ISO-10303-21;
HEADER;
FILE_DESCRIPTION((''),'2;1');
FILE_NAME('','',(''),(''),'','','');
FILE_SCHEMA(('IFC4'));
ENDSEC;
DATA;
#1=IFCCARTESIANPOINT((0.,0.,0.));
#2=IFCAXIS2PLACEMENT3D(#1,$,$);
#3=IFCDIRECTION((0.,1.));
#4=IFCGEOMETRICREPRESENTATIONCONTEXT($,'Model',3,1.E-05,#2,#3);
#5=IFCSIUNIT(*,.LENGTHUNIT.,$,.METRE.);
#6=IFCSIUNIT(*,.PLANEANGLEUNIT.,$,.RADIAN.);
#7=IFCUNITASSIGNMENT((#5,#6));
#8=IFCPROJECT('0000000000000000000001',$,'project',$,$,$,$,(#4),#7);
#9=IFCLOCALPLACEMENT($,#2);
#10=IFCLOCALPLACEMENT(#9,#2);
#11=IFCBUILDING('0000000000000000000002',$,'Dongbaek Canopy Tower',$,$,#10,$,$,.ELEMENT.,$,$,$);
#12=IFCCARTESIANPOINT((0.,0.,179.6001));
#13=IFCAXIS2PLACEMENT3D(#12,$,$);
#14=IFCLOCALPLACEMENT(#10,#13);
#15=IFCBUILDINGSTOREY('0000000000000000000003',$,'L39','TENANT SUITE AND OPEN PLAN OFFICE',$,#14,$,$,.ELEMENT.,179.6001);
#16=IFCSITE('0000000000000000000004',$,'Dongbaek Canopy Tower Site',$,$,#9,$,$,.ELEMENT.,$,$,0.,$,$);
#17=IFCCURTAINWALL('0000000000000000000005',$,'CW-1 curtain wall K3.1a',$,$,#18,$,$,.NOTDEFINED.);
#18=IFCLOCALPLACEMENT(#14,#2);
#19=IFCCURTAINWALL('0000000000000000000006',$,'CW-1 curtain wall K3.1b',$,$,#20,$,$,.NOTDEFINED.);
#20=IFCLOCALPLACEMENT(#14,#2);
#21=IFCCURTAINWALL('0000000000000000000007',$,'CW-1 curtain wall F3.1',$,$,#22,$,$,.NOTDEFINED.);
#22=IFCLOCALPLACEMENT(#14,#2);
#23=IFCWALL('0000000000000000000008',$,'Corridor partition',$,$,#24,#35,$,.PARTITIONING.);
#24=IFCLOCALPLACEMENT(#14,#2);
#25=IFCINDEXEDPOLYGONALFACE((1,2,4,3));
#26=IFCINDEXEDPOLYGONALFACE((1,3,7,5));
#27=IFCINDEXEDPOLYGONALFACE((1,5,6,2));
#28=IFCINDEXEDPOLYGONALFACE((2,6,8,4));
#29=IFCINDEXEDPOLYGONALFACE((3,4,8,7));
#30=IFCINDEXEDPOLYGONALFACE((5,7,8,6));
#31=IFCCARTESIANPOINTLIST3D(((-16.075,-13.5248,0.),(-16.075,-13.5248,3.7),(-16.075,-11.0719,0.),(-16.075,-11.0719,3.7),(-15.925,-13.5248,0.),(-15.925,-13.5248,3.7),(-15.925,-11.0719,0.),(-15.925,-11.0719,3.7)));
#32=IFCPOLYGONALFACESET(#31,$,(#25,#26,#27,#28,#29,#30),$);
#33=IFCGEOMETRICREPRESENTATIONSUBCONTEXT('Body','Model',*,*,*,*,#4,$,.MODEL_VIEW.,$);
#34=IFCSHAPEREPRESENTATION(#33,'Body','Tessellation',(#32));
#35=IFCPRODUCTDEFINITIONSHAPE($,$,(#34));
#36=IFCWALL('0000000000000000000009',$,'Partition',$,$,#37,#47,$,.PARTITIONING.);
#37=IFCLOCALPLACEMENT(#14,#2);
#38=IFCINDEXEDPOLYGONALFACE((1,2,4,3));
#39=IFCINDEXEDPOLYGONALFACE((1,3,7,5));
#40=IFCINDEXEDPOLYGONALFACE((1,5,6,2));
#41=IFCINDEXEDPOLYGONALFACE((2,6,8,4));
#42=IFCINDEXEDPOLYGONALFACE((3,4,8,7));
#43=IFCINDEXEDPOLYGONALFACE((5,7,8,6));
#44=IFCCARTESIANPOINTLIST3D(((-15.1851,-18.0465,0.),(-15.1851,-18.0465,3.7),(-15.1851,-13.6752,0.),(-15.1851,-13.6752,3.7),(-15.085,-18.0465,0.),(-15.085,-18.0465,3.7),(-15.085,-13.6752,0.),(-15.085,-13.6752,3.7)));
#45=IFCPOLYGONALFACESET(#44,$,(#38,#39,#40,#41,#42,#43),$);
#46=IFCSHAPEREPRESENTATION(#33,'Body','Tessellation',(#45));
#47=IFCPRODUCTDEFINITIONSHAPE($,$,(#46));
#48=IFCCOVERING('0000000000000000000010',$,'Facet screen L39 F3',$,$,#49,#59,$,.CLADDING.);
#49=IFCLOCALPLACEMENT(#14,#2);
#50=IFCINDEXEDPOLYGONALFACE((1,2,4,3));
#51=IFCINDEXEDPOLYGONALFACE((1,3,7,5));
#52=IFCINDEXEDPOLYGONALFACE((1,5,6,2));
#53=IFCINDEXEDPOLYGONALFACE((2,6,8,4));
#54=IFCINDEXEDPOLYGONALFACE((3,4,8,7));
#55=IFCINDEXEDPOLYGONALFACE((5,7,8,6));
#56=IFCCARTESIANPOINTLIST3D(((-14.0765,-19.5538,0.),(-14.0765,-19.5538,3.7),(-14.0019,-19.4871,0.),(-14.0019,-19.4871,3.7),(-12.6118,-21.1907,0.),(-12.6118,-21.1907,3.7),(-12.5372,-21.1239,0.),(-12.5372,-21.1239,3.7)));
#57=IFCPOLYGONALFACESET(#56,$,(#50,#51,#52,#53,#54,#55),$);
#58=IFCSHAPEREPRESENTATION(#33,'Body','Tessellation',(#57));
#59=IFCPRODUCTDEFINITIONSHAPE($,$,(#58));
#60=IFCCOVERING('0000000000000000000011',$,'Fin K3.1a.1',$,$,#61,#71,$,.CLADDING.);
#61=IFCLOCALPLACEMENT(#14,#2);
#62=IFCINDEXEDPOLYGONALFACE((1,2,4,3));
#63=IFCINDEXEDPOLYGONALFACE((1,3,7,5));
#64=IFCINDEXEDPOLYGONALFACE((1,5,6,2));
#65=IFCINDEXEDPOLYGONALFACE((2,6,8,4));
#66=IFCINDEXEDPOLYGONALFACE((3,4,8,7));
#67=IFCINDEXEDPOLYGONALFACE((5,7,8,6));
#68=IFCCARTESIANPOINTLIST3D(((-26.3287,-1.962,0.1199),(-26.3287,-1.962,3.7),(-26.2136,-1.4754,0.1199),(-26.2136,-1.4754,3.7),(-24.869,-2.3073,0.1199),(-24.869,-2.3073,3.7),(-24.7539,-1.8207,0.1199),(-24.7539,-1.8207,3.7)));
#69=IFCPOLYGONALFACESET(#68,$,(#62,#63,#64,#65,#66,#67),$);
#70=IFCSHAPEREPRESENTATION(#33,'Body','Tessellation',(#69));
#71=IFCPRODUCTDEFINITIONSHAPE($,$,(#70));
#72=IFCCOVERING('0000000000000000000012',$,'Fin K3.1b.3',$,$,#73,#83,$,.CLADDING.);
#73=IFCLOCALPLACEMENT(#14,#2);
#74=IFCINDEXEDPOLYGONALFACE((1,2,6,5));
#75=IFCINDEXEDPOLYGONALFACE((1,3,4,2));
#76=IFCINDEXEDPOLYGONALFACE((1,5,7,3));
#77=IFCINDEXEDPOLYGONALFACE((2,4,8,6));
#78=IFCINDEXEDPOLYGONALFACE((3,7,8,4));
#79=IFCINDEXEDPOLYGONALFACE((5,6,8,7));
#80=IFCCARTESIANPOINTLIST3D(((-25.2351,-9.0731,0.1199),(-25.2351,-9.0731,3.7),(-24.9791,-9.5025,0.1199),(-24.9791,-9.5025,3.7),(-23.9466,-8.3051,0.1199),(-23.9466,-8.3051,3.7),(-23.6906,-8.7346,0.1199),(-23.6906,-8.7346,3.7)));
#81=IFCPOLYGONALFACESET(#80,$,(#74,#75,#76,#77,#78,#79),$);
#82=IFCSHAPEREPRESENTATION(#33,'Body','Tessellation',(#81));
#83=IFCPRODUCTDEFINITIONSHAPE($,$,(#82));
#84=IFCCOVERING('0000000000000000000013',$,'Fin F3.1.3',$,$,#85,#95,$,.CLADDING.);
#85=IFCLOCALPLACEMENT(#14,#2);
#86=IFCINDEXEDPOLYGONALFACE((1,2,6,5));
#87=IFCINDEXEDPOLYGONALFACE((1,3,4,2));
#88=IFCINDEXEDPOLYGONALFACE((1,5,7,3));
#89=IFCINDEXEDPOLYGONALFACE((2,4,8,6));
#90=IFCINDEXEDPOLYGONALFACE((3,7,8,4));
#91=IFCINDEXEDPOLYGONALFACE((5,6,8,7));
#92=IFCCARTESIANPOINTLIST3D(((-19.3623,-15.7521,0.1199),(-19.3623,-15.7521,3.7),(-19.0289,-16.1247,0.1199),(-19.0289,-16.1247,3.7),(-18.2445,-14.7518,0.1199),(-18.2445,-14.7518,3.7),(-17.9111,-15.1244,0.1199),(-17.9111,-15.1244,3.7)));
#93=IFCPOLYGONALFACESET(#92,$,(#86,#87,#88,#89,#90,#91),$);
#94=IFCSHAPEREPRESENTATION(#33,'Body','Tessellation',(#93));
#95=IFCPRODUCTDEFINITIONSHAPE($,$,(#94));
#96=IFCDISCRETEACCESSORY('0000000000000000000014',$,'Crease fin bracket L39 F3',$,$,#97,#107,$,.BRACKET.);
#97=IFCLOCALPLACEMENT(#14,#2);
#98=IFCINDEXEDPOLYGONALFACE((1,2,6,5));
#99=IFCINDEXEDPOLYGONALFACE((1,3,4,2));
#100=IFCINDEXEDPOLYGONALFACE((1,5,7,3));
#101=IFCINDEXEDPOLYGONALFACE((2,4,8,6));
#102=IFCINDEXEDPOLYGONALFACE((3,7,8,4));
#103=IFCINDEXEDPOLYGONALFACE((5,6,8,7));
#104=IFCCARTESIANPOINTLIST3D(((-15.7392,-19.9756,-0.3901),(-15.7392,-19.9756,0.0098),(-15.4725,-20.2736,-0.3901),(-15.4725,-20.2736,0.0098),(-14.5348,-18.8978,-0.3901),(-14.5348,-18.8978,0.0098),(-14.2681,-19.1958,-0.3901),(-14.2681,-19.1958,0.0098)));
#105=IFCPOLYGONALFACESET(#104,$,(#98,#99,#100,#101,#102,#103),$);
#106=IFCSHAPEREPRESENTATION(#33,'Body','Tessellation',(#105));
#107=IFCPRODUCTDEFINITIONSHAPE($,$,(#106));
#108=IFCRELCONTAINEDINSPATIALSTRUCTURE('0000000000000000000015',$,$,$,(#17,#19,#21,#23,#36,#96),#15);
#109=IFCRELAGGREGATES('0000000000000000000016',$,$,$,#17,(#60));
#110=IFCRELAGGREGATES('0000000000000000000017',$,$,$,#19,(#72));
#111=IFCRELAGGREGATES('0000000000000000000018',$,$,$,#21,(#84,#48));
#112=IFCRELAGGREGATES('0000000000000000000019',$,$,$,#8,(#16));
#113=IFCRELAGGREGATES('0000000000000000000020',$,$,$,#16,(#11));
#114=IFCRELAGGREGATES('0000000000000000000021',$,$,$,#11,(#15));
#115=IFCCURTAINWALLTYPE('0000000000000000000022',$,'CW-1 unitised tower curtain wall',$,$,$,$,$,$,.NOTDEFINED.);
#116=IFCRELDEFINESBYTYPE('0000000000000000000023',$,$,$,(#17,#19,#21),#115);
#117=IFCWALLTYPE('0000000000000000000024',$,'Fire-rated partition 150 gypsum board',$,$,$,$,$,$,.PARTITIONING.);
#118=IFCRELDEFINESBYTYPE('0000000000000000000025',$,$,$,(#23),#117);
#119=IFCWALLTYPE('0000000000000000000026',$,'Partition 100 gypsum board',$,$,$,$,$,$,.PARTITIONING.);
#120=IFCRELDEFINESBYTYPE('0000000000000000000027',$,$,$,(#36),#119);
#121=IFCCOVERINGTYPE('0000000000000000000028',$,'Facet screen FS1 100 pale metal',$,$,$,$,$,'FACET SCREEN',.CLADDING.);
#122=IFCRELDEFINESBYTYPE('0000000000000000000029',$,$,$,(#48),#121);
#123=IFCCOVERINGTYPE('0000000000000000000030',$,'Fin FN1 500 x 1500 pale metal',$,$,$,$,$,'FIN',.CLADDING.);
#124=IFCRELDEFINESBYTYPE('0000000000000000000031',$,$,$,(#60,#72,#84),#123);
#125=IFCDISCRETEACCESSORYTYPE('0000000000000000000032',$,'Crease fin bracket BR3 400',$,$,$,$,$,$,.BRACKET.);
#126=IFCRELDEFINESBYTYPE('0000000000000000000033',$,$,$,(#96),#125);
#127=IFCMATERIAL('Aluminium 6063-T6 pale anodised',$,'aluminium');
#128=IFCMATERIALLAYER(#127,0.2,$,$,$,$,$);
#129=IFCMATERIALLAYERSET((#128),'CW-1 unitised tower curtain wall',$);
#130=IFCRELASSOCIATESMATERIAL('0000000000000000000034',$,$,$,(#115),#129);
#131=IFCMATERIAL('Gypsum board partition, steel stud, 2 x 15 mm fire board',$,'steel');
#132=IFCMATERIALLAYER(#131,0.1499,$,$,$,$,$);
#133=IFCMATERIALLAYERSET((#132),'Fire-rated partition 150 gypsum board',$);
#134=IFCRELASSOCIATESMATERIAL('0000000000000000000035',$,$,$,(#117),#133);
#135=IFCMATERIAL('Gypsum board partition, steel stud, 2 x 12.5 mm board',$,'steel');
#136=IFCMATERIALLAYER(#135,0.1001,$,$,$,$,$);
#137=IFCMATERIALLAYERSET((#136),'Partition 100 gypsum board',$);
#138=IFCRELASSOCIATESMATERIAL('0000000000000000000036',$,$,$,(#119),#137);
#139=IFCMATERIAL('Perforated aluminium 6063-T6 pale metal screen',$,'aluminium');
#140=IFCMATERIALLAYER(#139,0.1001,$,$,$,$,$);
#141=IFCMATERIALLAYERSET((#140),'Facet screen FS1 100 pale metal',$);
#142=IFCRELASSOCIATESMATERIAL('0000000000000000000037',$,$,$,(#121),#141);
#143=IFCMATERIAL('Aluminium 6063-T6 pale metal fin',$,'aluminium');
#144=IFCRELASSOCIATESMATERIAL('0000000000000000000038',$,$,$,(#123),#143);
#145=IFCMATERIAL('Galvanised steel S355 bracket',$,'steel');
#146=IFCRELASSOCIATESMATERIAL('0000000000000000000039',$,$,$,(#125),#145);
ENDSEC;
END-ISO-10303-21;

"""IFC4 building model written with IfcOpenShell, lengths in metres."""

from ifc_helpers import new_model, si_unit, direction, frame, frame_2d, origin, origin_2d, place, context, subcontext, project, spatial, rectangle, extrude, material, layer, layer_set, material_profile, profile_set, type_object, element, aggregate, save


model = new_model("IFC4")

# Units and contexts
model_context = context("Model", 3, precision=1e-05, world=origin(), true_north=direction((0.0, 1.0)))
body_context = subcontext(model_context, "Body", "Model", "MODEL_VIEW")
ifc_project = project(units=[si_unit("LENGTHUNIT", "METRE"), si_unit("PLANEANGLEUNIT", "RADIAN")], contexts=[model_context])

# Site, building, storey
site_placement = place(None, origin())
site = spatial("IfcSite", under=ifc_project, at=site_placement, Name="Dongbaek Canopy Tower Site", CompositionType="ELEMENT", RefElevation=0.0)
building_placement = place(site_placement, origin())
building = spatial("IfcBuilding", under=site, at=building_placement, Name="Dongbaek Canopy Tower", CompositionType="ELEMENT")
storey_placement = place(building_placement, frame((0.0, 0.0, 179.6001)))
storey = spatial("IfcBuildingStorey", under=building, at=storey_placement, Name="L39", Description="TENANT SUITE AND OPEN PLAN OFFICE", CompositionType="ELEMENT", Elevation=179.6001)

# Shared definitions
ifc_material_1 = material(Name="Aluminium 6063-T6 pale anodised", Category="aluminium")
ifc_layer_1 = layer(ifc_material_1, 0.2)
ifc_layer_set_1 = layer_set([ifc_layer_1], Name="CW-1 unitised tower curtain wall")
curtain_wall_type = type_object("IfcCurtainWallType", Name="CW-1 unitised tower curtain wall", PredefinedType="NOTDEFINED", material=ifc_layer_set_1)

# Curtain walls
curtain_wall_1_placement = place(storey_placement, origin())
curtain_wall_1 = element("IfcCurtainWall", 1, at=curtain_wall_1_placement, inside=storey, type_object=curtain_wall_type, Name="CW-1 curtain wall K3.1a", PredefinedType="NOTDEFINED")
curtain_wall_2_placement = place(storey_placement, origin())
curtain_wall_2 = element("IfcCurtainWall", 2, at=curtain_wall_2_placement, inside=storey, type_object=curtain_wall_type, Name="CW-1 curtain wall K3.1b", PredefinedType="NOTDEFINED")
curtain_wall_3_placement = place(storey_placement, origin())
curtain_wall_3 = element("IfcCurtainWall", 3, at=curtain_wall_3_placement, inside=storey, type_object=curtain_wall_type, Name="CW-1 curtain wall F3.1", PredefinedType="NOTDEFINED")

# Walls
ifc_material_2 = material(Name="Gypsum board partition, steel stud, 2 x 15 mm fire board", Category="steel")
ifc_layer_2 = layer(ifc_material_2, 0.1499)
ifc_layer_set_2 = layer_set([ifc_layer_2], Name="Fire-rated partition 150 gypsum board")
wall_type_1 = type_object("IfcWallType", Name="Fire-rated partition 150 gypsum board", PredefinedType="PARTITIONING", material=ifc_layer_set_2)
wall_1_placement = place(storey_placement, frame((-16.0, -13.5249, 0.0), z_axis=(0.0, 0.0, 1.0), x_axis=(0.0, 1.0, 0.0)))
element("IfcWall", 4, at=wall_1_placement, inside=storey, type_object=wall_type_1, Name="Corridor partition", PredefinedType="PARTITIONING", context=body_context, shape_type="SweptSolid", body=[
    extrude(rectangle(XDim=2.4529, YDim=0.1499, at=frame_2d((1.2266, 0.0))), origin(), (0.0, 0.0, 1.0), 3.7),
])
ifc_material_3 = material(Name="Gypsum board partition, steel stud, 2 x 12.5 mm board", Category="steel")
ifc_layer_3 = layer(ifc_material_3, 0.1001)
ifc_layer_set_3 = layer_set([ifc_layer_3], Name="Partition 100 gypsum board")
wall_type_2 = type_object("IfcWallType", Name="Partition 100 gypsum board", PredefinedType="PARTITIONING", material=ifc_layer_set_3)
wall_2_placement = place(storey_placement, frame((-15.135, -18.0464, 0.0), z_axis=(0.0, 0.0, 1.0), x_axis=(0.0, 1.0, 0.0)))
element("IfcWall", 5, at=wall_2_placement, inside=storey, type_object=wall_type_2, Name="Partition", PredefinedType="PARTITIONING", context=body_context, shape_type="SweptSolid", body=[
    extrude(rectangle(XDim=4.3713, YDim=0.1001, at=frame_2d((2.1855, 0.0))), origin(), (0.0, 0.0, 1.0), 3.7),
])

# Coverings
ifc_material_4 = material(Name="Perforated aluminium 6063-T6 pale metal screen", Category="aluminium")
ifc_layer_4 = layer(ifc_material_4, 0.1001)
ifc_layer_set_4 = layer_set([ifc_layer_4], Name="Facet screen FS1 100 pale metal")
covering_type_1 = type_object("IfcCoveringType", Name="Facet screen FS1 100 pale metal", ElementType="FACET SCREEN", PredefinedType="CLADDING", material=ifc_layer_set_4)
covering_1_placement = place(storey_placement, frame((-13.3069, -20.3389, 0.0), z_axis=(0.0, 0.0, 1.0), x_axis=(0.666829, -0.745211, 0.0)))
covering_1 = element("IfcCovering", 6, at=covering_1_placement, type_object=covering_type_1, Name="Facet screen L39 F3", PredefinedType="CLADDING", context=body_context, shape_type="SweptSolid", body=[
    extrude(rectangle(XDim=2.1965, YDim=0.1001, at=origin_2d()), origin(), (0.0, 0.0, 1.0), 3.7),
])
ifc_material_5 = material(Name="Aluminium 6063-T6 pale metal fin", Category="aluminium")
ifc_material_profile_1 = material_profile(ifc_material_5, rectangle(XDim=1.5, YDim=0.5, at=origin_2d()), Name="Fin FN1 500 x 1500 pale metal")
ifc_profile_set_1 = profile_set([ifc_material_profile_1], Name="Aluminium 6063-T6 pale metal fin")
covering_type_2 = type_object("IfcCoveringType", Name="Fin FN1 500 x 1500 pale metal", ElementType="FIN", PredefinedType="CLADDING", material=ifc_profile_set_1)
covering_2_placement = place(storey_placement, frame((-25.5413, -1.8914, 0.1199), z_axis=(0.0, 0.0, 1.0), x_axis=(-0.973142, 0.230206, 0.0)))
covering_2 = element("IfcCovering", 7, at=covering_2_placement, type_object=covering_type_2, Name="Fin K3.1a.1", PredefinedType="CLADDING", context=body_context, shape_type="SweptSolid", body=[
    extrude(rectangle(XDim=1.5, YDim=0.5, at=origin_2d()), origin(), (0.0, 0.0, 1.0), 3.5801),
])
aggregate(curtain_wall_1, [covering_2])
covering_3_placement = place(storey_placement, frame((-24.4629, -8.9038, 0.1199), z_axis=(0.0, 0.0, 1.0), x_axis=(-0.858992, -0.511989, 0.0)))
covering_3 = element("IfcCovering", 8, at=covering_3_placement, type_object=covering_type_2, Name="Fin K3.1b.3", PredefinedType="CLADDING", context=body_context, shape_type="SweptSolid", body=[
    extrude(rectangle(XDim=1.5, YDim=0.5, at=origin_2d()), origin(), (0.0, 0.0, 1.0), 3.5801),
])
aggregate(curtain_wall_2, [covering_3])
covering_4_placement = place(storey_placement, frame((-18.6367, -15.4382, 0.1199), z_axis=(0.0, 0.0, 1.0), x_axis=(-0.745211, -0.666829, 0.0)))
covering_4 = element("IfcCovering", 9, at=covering_4_placement, type_object=covering_type_2, Name="Fin F3.1.3", PredefinedType="CLADDING", context=body_context, shape_type="SweptSolid", body=[
    extrude(rectangle(XDim=1.5, YDim=0.5, at=origin_2d()), origin(), (0.0, 0.0, 1.0), 3.5801),
])
aggregate(curtain_wall_3, [covering_4, covering_1])

# Discrete accessory
ifc_material_6 = material(Name="Galvanised steel S355 bracket", Category="steel")
discrete_accessory_type = type_object("IfcDiscreteAccessoryType", Name="Crease fin bracket BR3 400", PredefinedType="BRACKET", material=ifc_material_6)
discrete_accessory_placement = place(storey_placement, frame((-15.0037, -19.5857, -0.3901), z_axis=(0.0, 0.0, 1.0), x_axis=(-0.745211, -0.666829, 0.0)))
element("IfcDiscreteAccessory", 10, at=discrete_accessory_placement, inside=storey, type_object=discrete_accessory_type, Name="Crease fin bracket L39 F3", PredefinedType="BRACKET", context=body_context, shape_type="SweptSolid", body=[
    extrude(rectangle(XDim=1.6162, YDim=0.3999, at=origin_2d()), origin(), (0.0, 0.0, 1.0), 0.3999),
])

save(model, "model.ifc")
